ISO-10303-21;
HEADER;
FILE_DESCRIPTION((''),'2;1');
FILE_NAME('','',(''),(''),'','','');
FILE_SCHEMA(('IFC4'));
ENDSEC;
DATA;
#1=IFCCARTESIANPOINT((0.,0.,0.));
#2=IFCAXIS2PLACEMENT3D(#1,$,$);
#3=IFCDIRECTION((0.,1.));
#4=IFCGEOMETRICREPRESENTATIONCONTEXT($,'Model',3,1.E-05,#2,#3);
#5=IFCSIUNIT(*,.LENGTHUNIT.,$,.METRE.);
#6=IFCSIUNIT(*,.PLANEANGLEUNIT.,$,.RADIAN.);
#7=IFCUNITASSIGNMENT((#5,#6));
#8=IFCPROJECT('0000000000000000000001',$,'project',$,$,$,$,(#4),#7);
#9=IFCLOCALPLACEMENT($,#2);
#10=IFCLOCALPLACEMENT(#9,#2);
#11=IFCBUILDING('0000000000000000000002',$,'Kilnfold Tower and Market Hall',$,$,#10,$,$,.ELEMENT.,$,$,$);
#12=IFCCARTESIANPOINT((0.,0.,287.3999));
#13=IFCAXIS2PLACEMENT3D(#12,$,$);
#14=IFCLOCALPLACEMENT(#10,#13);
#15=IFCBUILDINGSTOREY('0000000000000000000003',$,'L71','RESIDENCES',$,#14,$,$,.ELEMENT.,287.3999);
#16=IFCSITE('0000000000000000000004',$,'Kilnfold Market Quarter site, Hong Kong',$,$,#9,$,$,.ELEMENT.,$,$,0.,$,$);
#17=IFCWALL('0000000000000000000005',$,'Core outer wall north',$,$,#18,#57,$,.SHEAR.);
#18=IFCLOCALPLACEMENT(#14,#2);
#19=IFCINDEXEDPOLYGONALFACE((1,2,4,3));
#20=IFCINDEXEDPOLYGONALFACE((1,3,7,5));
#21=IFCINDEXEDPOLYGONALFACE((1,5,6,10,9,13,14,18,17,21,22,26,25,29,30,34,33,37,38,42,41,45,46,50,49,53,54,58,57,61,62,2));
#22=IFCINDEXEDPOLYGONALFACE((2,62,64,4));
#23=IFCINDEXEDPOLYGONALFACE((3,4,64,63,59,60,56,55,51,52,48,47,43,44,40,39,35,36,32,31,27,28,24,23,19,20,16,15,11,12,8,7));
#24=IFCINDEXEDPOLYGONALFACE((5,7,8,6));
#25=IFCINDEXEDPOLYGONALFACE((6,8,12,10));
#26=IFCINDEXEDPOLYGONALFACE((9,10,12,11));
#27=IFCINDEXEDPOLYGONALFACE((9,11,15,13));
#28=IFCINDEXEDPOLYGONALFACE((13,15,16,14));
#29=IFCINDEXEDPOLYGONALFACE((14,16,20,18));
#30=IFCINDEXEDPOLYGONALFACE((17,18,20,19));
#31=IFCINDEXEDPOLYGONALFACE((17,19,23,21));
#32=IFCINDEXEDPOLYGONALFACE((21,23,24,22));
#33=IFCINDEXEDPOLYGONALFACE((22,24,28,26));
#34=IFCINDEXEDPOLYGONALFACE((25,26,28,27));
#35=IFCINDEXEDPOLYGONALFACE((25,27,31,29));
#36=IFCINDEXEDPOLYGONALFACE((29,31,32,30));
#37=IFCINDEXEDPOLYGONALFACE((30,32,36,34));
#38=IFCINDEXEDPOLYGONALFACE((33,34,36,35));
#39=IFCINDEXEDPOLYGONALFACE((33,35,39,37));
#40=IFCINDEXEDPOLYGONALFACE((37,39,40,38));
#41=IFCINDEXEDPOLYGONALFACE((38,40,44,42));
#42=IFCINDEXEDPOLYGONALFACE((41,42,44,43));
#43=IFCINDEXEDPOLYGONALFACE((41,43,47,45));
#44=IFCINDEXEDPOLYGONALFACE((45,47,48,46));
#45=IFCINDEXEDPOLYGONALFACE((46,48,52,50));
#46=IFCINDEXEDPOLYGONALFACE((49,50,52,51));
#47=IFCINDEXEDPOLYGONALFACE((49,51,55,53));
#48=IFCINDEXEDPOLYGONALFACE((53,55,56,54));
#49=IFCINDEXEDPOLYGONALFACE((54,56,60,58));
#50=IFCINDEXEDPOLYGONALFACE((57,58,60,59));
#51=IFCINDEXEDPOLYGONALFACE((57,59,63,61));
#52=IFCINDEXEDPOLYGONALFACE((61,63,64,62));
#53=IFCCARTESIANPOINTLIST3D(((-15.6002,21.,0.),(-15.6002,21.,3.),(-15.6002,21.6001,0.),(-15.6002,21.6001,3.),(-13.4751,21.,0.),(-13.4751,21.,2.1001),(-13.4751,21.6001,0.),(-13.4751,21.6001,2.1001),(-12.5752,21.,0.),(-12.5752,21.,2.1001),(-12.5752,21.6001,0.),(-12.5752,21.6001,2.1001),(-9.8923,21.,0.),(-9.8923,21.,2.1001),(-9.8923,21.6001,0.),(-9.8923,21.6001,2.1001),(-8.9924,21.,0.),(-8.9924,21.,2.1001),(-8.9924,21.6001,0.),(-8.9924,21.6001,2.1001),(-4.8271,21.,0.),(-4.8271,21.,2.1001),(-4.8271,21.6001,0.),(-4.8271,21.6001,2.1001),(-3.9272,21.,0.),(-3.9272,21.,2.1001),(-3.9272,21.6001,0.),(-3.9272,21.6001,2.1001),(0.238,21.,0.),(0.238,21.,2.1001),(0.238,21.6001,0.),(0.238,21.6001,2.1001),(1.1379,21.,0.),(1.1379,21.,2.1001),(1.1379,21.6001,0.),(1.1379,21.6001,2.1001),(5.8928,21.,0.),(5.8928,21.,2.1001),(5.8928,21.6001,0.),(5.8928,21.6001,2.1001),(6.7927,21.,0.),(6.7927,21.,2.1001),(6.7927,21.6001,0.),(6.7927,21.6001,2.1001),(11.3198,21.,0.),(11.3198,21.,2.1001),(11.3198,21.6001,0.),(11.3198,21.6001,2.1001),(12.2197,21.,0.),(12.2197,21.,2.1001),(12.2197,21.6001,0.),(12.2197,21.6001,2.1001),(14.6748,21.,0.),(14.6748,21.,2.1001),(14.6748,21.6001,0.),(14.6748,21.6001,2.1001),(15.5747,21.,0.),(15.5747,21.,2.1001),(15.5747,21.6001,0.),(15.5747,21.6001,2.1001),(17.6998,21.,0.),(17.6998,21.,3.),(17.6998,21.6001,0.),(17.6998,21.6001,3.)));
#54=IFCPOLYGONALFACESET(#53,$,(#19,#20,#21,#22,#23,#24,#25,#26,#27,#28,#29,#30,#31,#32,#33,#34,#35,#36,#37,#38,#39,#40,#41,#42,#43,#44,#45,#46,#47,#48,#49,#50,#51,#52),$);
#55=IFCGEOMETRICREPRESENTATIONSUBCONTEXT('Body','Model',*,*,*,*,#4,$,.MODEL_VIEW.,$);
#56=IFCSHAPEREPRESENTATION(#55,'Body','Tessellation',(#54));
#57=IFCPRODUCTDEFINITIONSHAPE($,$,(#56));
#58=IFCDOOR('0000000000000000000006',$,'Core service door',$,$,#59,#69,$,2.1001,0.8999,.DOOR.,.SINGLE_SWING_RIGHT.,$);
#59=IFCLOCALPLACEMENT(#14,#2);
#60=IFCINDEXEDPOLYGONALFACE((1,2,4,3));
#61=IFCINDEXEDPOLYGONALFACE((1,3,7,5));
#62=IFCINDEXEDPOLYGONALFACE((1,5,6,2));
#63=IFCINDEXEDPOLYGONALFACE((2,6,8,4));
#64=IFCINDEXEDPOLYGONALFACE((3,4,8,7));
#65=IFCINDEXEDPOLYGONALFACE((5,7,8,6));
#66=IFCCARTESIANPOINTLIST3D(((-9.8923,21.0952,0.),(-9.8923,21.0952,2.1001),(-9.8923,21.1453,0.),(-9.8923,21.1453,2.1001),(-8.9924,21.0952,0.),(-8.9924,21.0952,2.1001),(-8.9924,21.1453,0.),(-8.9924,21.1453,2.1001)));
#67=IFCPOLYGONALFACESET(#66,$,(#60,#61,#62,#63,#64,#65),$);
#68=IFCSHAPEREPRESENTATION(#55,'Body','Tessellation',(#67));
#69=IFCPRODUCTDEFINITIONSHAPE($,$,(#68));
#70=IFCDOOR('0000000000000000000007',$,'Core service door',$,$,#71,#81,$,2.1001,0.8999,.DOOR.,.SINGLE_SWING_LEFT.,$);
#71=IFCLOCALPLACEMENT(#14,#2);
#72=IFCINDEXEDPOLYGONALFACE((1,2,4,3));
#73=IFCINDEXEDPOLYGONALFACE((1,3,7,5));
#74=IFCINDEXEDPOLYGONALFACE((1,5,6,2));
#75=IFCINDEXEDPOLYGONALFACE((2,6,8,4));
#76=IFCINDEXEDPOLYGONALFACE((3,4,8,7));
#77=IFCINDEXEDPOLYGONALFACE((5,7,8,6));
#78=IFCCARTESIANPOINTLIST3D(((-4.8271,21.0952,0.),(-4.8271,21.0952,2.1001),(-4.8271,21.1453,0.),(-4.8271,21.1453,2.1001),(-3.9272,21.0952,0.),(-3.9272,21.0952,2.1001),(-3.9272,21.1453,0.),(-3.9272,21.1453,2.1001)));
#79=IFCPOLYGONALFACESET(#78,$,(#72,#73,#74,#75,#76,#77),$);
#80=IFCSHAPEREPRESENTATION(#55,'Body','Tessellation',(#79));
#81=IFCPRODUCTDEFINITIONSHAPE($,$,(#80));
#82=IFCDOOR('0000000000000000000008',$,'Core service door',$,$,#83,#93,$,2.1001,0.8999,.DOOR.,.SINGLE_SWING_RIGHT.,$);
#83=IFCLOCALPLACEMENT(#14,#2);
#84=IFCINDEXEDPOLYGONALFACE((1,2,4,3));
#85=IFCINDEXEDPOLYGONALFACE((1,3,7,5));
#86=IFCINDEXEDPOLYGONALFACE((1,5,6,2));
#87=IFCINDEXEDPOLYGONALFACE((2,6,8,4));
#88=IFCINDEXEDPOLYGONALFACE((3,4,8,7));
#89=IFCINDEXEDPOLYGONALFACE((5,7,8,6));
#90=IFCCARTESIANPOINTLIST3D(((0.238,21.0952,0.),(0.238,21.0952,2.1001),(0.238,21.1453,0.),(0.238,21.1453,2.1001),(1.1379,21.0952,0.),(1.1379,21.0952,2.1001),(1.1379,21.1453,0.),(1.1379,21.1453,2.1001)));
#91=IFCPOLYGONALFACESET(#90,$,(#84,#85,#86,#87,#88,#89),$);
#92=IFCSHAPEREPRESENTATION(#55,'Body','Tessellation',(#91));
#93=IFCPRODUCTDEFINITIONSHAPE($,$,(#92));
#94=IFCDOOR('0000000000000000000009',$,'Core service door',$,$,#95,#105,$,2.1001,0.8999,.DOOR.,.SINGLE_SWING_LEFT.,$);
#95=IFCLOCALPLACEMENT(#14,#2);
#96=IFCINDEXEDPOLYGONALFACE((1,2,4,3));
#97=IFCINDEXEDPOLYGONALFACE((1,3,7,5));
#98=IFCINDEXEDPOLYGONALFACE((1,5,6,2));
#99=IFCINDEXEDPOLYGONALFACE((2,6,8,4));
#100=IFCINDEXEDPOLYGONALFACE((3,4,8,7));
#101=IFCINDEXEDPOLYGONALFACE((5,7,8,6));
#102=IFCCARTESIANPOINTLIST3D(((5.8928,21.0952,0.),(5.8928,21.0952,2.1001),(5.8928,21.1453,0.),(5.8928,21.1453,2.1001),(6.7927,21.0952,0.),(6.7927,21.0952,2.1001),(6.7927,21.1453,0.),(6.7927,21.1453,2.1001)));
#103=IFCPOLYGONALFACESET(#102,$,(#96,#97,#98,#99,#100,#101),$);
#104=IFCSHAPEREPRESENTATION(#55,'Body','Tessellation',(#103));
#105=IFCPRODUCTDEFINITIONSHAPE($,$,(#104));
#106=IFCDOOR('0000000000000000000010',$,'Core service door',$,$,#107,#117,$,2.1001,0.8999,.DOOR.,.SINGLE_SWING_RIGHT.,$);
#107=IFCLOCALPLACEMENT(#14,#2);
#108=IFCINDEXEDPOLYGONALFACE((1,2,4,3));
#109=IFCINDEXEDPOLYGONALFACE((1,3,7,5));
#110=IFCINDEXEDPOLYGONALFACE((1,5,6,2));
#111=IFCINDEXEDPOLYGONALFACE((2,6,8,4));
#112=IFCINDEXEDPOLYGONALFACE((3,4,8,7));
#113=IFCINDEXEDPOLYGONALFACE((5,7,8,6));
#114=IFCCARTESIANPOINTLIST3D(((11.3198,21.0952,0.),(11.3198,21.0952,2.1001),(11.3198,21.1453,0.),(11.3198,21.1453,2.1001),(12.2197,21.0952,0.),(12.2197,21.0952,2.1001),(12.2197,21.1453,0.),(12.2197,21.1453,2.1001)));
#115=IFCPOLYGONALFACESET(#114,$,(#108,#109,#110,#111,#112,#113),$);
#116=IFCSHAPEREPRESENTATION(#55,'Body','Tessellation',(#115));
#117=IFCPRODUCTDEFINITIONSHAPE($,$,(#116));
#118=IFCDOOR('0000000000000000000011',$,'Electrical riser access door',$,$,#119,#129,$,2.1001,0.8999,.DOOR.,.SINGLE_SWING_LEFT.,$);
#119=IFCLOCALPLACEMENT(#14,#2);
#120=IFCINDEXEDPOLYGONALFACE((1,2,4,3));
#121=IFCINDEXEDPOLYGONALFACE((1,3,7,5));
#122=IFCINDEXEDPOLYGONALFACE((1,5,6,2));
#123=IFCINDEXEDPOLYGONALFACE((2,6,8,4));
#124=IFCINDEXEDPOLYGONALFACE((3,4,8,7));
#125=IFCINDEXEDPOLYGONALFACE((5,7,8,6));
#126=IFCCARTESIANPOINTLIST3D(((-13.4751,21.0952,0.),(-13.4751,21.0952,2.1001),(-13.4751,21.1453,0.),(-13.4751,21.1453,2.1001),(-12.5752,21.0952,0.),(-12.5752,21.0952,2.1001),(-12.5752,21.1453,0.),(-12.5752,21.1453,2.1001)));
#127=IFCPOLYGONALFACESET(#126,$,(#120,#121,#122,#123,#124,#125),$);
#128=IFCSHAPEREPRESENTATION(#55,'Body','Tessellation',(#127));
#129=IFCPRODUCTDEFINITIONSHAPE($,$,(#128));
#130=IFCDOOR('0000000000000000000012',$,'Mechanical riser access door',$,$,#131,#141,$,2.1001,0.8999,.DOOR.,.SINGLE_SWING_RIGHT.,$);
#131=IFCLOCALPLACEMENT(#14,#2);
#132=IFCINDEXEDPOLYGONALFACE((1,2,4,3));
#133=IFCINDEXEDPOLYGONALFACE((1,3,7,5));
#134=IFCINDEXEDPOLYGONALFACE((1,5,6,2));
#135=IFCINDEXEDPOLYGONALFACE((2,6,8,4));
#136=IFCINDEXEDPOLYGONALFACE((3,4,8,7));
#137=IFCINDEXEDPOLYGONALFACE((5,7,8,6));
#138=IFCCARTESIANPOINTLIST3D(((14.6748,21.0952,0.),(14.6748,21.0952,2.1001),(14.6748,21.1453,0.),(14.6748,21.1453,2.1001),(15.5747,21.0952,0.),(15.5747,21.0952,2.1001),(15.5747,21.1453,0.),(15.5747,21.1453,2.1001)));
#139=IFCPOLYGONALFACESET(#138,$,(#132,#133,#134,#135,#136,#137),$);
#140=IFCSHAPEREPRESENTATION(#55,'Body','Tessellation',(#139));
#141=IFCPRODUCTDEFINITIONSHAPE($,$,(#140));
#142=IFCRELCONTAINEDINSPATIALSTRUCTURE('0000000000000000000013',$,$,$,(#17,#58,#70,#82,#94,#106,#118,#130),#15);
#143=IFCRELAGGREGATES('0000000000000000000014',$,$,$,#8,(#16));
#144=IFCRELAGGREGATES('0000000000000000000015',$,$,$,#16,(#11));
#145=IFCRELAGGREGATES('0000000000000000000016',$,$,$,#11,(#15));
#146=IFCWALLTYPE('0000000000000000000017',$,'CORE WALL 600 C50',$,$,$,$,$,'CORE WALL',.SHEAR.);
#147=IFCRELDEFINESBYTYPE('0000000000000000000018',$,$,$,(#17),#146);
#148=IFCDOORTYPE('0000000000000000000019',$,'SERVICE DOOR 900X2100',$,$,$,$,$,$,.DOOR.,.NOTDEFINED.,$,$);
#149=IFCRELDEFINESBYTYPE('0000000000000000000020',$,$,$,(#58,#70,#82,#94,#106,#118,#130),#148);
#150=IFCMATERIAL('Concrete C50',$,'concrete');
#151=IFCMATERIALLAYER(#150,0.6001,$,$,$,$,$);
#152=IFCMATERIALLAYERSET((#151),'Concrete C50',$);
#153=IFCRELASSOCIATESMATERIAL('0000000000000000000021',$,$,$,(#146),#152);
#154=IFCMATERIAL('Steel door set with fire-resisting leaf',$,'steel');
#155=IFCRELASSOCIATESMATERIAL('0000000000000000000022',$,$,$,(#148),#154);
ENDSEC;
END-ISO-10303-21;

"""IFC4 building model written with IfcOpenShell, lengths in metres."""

from ifc_helpers import new_model, si_unit, direction, frame, frame_2d, origin, place, context, subcontext, project, spatial, rectangle, extrude, source, transform, mapped, material, layer, layer_set, type_object, element, fill, save


model = new_model("IFC4")

# Units and contexts
model_context = context("Model", 3, precision=1e-05, world=origin(), true_north=direction((0.0, 1.0)))
body_context = subcontext(model_context, "Body", "Model", "MODEL_VIEW")
ifc_project = project(units=[si_unit("LENGTHUNIT", "METRE"), si_unit("PLANEANGLEUNIT", "RADIAN")], contexts=[model_context])

# Site, building, storey
site_placement = place(None, origin())
site = spatial("IfcSite", under=ifc_project, at=site_placement, Name="Kilnfold Market Quarter site, Hong Kong", CompositionType="ELEMENT", RefElevation=0.0)
building_placement = place(site_placement, origin())
building = spatial("IfcBuilding", under=site, at=building_placement, Name="Kilnfold Tower and Market Hall", CompositionType="ELEMENT")
storey_placement = place(building_placement, frame((0.0, 0.0, 287.3999)))
storey = spatial("IfcBuildingStorey", under=building, at=storey_placement, Name="L71", Description="RESIDENCES", CompositionType="ELEMENT", Elevation=287.3999)

# Wall, openings, doors
ifc_material_1 = material(Name="Concrete C50", Category="concrete")
ifc_layer_1 = layer(ifc_material_1, 0.6001)
ifc_layer_set_1 = layer_set([ifc_layer_1], Name="Concrete C50")
wall_type_1 = type_object("IfcWallType", Name="CORE WALL 600 C50", ElementType="CORE WALL", PredefinedType="SHEAR", material=ifc_layer_set_1)
shared_shape_1 = source(origin(), body_context, "Body", "SweptSolid", [
    extrude(rectangle(XDim=33.3, YDim=0.6001, at=frame_2d((16.6499, 0.0))), origin(), (0.0, 0.0, 1.0), 3.0),
])
wall_1_placement = place(storey_placement, frame((-15.6001, 21.3, 0.0), z_axis=(0.0, 0.0, 1.0), x_axis=(1.0, 0.0, 0.0)))
wall_1 = element("IfcWall", 1, at=wall_1_placement, inside=storey, type_object=wall_type_1, Name="Core outer wall north", PredefinedType="SHEAR", context=body_context, shape_type="MappedRepresentation", body=[
    mapped(shared_shape_1, transform((0.0, 0.0, 0.0))),
])
opening_1_placement = place(wall_1_placement, frame((5.7078, 0.0, 0.0)))
opening_1 = element("IfcOpeningElement", 2, at=opening_1_placement, cuts=wall_1, PredefinedType="OPENING", context=body_context, shape_type="SweptSolid", body=[
    extrude(rectangle(XDim=0.8999, YDim=2.1001, at=frame_2d((0.45, 1.05))), frame((0.0, 0.3101, 0.0), z_axis=(0.0, -1.0, 0.0), x_axis=(1.0, 0.0, 0.0)), (0.0, 0.0, 1.0), 0.6201),
])
opening_2_placement = place(wall_1_placement, frame((10.7729, 0.0, 0.0)))
opening_2 = element("IfcOpeningElement", 3, at=opening_2_placement, cuts=wall_1, PredefinedType="OPENING", context=body_context, shape_type="SweptSolid", body=[
    extrude(rectangle(XDim=0.8999, YDim=2.1001, at=frame_2d((0.45, 1.05))), frame((0.0, 0.3101, 0.0), z_axis=(0.0, -1.0, 0.0), x_axis=(1.0, 0.0, 0.0)), (0.0, 0.0, 1.0), 0.6201),
])
opening_3_placement = place(wall_1_placement, frame((15.8381, 0.0, 0.0)))
opening_3 = element("IfcOpeningElement", 4, at=opening_3_placement, cuts=wall_1, PredefinedType="OPENING", context=body_context, shape_type="SweptSolid", body=[
    extrude(rectangle(XDim=0.8999, YDim=2.1001, at=frame_2d((0.45, 1.05))), frame((0.0, 0.3101, 0.0), z_axis=(0.0, -1.0, 0.0), x_axis=(1.0, 0.0, 0.0)), (0.0, 0.0, 1.0), 0.6201),
])
opening_4_placement = place(wall_1_placement, frame((21.4929, 0.0, 0.0)))
opening_4 = element("IfcOpeningElement", 5, at=opening_4_placement, cuts=wall_1, PredefinedType="OPENING", context=body_context, shape_type="SweptSolid", body=[
    extrude(rectangle(XDim=0.8999, YDim=2.1001, at=frame_2d((0.45, 1.05))), frame((0.0, 0.3101, 0.0), z_axis=(0.0, -1.0, 0.0), x_axis=(1.0, 0.0, 0.0)), (0.0, 0.0, 1.0), 0.6201),
])
opening_5_placement = place(wall_1_placement, frame((26.9199, 0.0, 0.0)))
opening_5 = element("IfcOpeningElement", 6, at=opening_5_placement, cuts=wall_1, PredefinedType="OPENING", context=body_context, shape_type="SweptSolid", body=[
    extrude(rectangle(XDim=0.8999, YDim=2.1001, at=frame_2d((0.45, 1.05))), frame((0.0, 0.3101, 0.0), z_axis=(0.0, -1.0, 0.0), x_axis=(1.0, 0.0, 0.0)), (0.0, 0.0, 1.0), 0.6201),
])
opening_6_placement = place(wall_1_placement, frame((2.125, 0.0, 0.0)))
opening_6 = element("IfcOpeningElement", 7, at=opening_6_placement, cuts=wall_1, PredefinedType="OPENING", context=body_context, shape_type="SweptSolid", body=[
    extrude(rectangle(XDim=0.8999, YDim=2.1001, at=frame_2d((0.45, 1.05))), frame((0.0, 0.3101, 0.0), z_axis=(0.0, -1.0, 0.0), x_axis=(1.0, 0.0, 0.0)), (0.0, 0.0, 1.0), 0.6201),
])
opening_7_placement = place(wall_1_placement, frame((30.2749, 0.0, 0.0)))
opening_7 = element("IfcOpeningElement", 8, at=opening_7_placement, cuts=wall_1, PredefinedType="OPENING", context=body_context, shape_type="SweptSolid", body=[
    extrude(rectangle(XDim=0.8999, YDim=2.1001, at=frame_2d((0.45, 1.05))), frame((0.0, 0.3101, 0.0), z_axis=(0.0, -1.0, 0.0), x_axis=(1.0, 0.0, 0.0)), (0.0, 0.0, 1.0), 0.6201),
])
ifc_material_2 = material(Name="Steel door set with fire-resisting leaf", Category="steel")
door_type_1 = type_object("IfcDoorType", Name="SERVICE DOOR 900X2100", OperationType="NOTDEFINED", PredefinedType="DOOR", material=ifc_material_2)
door_1_placement = place(opening_1_placement, origin())
door_1 = element("IfcDoor", 9, at=door_1_placement, inside=storey, type_object=door_type_1, Name="Core service door", OperationType="SINGLE_SWING_RIGHT", OverallHeight=2.1001, OverallWidth=0.8999, PredefinedType="DOOR", context=body_context, shape_type="SweptSolid", body=[
    extrude(rectangle(XDim=0.8999, YDim=2.1001, at=frame_2d((0.45, 1.05))), frame((0.0, -0.1548, 0.0), z_axis=(0.0, -1.0, 0.0), x_axis=(1.0, 0.0, 0.0)), (0.0, 0.0, 1.0), 0.05),
])
fill(opening_1, door_1)
door_2_placement = place(opening_2_placement, origin())
door_2 = element("IfcDoor", 10, at=door_2_placement, inside=storey, type_object=door_type_1, Name="Core service door", OperationType="SINGLE_SWING_LEFT", OverallHeight=2.1001, OverallWidth=0.8999, PredefinedType="DOOR", context=body_context, shape_type="SweptSolid", body=[
    extrude(rectangle(XDim=0.8999, YDim=2.1001, at=frame_2d((0.45, 1.05))), frame((0.0, -0.1548, 0.0), z_axis=(0.0, -1.0, 0.0), x_axis=(1.0, 0.0, 0.0)), (0.0, 0.0, 1.0), 0.05),
])
fill(opening_2, door_2)
door_3_placement = place(opening_3_placement, origin())
door_3 = element("IfcDoor", 11, at=door_3_placement, inside=storey, type_object=door_type_1, Name="Core service door", OperationType="SINGLE_SWING_RIGHT", OverallHeight=2.1001, OverallWidth=0.8999, PredefinedType="DOOR", context=body_context, shape_type="SweptSolid", body=[
    extrude(rectangle(XDim=0.8999, YDim=2.1001, at=frame_2d((0.45, 1.05))), frame((0.0, -0.1548, 0.0), z_axis=(0.0, -1.0, 0.0), x_axis=(1.0, 0.0, 0.0)), (0.0, 0.0, 1.0), 0.05),
])
fill(opening_3, door_3)
door_4_placement = place(opening_4_placement, origin())
door_4 = element("IfcDoor", 12, at=door_4_placement, inside=storey, type_object=door_type_1, Name="Core service door", OperationType="SINGLE_SWING_LEFT", OverallHeight=2.1001, OverallWidth=0.8999, PredefinedType="DOOR", context=body_context, shape_type="SweptSolid", body=[
    extrude(rectangle(XDim=0.8999, YDim=2.1001, at=frame_2d((0.45, 1.05))), frame((0.0, -0.1548, 0.0), z_axis=(0.0, -1.0, 0.0), x_axis=(1.0, 0.0, 0.0)), (0.0, 0.0, 1.0), 0.05),
])
fill(opening_4, door_4)
door_5_placement = place(opening_5_placement, origin())
door_5 = element("IfcDoor", 13, at=door_5_placement, inside=storey, type_object=door_type_1, Name="Core service door", OperationType="SINGLE_SWING_RIGHT", OverallHeight=2.1001, OverallWidth=0.8999, PredefinedType="DOOR", context=body_context, shape_type="SweptSolid", body=[
    extrude(rectangle(XDim=0.8999, YDim=2.1001, at=frame_2d((0.45, 1.05))), frame((0.0, -0.1548, 0.0), z_axis=(0.0, -1.0, 0.0), x_axis=(1.0, 0.0, 0.0)), (0.0, 0.0, 1.0), 0.05),
])
fill(opening_5, door_5)
door_6_placement = place(opening_6_placement, origin())
door_6 = element("IfcDoor", 14, at=door_6_placement, inside=storey, type_object=door_type_1, Name="Electrical riser access door", OperationType="SINGLE_SWING_LEFT", OverallHeight=2.1001, OverallWidth=0.8999, PredefinedType="DOOR", context=body_context, shape_type="SweptSolid", body=[
    extrude(rectangle(XDim=0.8999, YDim=2.1001, at=frame_2d((0.45, 1.05))), frame((0.0, -0.1548, 0.0), z_axis=(0.0, -1.0, 0.0), x_axis=(1.0, 0.0, 0.0)), (0.0, 0.0, 1.0), 0.05),
])
fill(opening_6, door_6)
door_7_placement = place(opening_7_placement, origin())
door_7 = element("IfcDoor", 15, at=door_7_placement, inside=storey, type_object=door_type_1, Name="Mechanical riser access door", OperationType="SINGLE_SWING_RIGHT", OverallHeight=2.1001, OverallWidth=0.8999, PredefinedType="DOOR", context=body_context, shape_type="SweptSolid", body=[
    extrude(rectangle(XDim=0.8999, YDim=2.1001, at=frame_2d((0.45, 1.05))), frame((0.0, -0.1548, 0.0), z_axis=(0.0, -1.0, 0.0), x_axis=(1.0, 0.0, 0.0)), (0.0, 0.0, 1.0), 0.05),
])
fill(opening_7, door_7)

save(model, "model.ifc")
